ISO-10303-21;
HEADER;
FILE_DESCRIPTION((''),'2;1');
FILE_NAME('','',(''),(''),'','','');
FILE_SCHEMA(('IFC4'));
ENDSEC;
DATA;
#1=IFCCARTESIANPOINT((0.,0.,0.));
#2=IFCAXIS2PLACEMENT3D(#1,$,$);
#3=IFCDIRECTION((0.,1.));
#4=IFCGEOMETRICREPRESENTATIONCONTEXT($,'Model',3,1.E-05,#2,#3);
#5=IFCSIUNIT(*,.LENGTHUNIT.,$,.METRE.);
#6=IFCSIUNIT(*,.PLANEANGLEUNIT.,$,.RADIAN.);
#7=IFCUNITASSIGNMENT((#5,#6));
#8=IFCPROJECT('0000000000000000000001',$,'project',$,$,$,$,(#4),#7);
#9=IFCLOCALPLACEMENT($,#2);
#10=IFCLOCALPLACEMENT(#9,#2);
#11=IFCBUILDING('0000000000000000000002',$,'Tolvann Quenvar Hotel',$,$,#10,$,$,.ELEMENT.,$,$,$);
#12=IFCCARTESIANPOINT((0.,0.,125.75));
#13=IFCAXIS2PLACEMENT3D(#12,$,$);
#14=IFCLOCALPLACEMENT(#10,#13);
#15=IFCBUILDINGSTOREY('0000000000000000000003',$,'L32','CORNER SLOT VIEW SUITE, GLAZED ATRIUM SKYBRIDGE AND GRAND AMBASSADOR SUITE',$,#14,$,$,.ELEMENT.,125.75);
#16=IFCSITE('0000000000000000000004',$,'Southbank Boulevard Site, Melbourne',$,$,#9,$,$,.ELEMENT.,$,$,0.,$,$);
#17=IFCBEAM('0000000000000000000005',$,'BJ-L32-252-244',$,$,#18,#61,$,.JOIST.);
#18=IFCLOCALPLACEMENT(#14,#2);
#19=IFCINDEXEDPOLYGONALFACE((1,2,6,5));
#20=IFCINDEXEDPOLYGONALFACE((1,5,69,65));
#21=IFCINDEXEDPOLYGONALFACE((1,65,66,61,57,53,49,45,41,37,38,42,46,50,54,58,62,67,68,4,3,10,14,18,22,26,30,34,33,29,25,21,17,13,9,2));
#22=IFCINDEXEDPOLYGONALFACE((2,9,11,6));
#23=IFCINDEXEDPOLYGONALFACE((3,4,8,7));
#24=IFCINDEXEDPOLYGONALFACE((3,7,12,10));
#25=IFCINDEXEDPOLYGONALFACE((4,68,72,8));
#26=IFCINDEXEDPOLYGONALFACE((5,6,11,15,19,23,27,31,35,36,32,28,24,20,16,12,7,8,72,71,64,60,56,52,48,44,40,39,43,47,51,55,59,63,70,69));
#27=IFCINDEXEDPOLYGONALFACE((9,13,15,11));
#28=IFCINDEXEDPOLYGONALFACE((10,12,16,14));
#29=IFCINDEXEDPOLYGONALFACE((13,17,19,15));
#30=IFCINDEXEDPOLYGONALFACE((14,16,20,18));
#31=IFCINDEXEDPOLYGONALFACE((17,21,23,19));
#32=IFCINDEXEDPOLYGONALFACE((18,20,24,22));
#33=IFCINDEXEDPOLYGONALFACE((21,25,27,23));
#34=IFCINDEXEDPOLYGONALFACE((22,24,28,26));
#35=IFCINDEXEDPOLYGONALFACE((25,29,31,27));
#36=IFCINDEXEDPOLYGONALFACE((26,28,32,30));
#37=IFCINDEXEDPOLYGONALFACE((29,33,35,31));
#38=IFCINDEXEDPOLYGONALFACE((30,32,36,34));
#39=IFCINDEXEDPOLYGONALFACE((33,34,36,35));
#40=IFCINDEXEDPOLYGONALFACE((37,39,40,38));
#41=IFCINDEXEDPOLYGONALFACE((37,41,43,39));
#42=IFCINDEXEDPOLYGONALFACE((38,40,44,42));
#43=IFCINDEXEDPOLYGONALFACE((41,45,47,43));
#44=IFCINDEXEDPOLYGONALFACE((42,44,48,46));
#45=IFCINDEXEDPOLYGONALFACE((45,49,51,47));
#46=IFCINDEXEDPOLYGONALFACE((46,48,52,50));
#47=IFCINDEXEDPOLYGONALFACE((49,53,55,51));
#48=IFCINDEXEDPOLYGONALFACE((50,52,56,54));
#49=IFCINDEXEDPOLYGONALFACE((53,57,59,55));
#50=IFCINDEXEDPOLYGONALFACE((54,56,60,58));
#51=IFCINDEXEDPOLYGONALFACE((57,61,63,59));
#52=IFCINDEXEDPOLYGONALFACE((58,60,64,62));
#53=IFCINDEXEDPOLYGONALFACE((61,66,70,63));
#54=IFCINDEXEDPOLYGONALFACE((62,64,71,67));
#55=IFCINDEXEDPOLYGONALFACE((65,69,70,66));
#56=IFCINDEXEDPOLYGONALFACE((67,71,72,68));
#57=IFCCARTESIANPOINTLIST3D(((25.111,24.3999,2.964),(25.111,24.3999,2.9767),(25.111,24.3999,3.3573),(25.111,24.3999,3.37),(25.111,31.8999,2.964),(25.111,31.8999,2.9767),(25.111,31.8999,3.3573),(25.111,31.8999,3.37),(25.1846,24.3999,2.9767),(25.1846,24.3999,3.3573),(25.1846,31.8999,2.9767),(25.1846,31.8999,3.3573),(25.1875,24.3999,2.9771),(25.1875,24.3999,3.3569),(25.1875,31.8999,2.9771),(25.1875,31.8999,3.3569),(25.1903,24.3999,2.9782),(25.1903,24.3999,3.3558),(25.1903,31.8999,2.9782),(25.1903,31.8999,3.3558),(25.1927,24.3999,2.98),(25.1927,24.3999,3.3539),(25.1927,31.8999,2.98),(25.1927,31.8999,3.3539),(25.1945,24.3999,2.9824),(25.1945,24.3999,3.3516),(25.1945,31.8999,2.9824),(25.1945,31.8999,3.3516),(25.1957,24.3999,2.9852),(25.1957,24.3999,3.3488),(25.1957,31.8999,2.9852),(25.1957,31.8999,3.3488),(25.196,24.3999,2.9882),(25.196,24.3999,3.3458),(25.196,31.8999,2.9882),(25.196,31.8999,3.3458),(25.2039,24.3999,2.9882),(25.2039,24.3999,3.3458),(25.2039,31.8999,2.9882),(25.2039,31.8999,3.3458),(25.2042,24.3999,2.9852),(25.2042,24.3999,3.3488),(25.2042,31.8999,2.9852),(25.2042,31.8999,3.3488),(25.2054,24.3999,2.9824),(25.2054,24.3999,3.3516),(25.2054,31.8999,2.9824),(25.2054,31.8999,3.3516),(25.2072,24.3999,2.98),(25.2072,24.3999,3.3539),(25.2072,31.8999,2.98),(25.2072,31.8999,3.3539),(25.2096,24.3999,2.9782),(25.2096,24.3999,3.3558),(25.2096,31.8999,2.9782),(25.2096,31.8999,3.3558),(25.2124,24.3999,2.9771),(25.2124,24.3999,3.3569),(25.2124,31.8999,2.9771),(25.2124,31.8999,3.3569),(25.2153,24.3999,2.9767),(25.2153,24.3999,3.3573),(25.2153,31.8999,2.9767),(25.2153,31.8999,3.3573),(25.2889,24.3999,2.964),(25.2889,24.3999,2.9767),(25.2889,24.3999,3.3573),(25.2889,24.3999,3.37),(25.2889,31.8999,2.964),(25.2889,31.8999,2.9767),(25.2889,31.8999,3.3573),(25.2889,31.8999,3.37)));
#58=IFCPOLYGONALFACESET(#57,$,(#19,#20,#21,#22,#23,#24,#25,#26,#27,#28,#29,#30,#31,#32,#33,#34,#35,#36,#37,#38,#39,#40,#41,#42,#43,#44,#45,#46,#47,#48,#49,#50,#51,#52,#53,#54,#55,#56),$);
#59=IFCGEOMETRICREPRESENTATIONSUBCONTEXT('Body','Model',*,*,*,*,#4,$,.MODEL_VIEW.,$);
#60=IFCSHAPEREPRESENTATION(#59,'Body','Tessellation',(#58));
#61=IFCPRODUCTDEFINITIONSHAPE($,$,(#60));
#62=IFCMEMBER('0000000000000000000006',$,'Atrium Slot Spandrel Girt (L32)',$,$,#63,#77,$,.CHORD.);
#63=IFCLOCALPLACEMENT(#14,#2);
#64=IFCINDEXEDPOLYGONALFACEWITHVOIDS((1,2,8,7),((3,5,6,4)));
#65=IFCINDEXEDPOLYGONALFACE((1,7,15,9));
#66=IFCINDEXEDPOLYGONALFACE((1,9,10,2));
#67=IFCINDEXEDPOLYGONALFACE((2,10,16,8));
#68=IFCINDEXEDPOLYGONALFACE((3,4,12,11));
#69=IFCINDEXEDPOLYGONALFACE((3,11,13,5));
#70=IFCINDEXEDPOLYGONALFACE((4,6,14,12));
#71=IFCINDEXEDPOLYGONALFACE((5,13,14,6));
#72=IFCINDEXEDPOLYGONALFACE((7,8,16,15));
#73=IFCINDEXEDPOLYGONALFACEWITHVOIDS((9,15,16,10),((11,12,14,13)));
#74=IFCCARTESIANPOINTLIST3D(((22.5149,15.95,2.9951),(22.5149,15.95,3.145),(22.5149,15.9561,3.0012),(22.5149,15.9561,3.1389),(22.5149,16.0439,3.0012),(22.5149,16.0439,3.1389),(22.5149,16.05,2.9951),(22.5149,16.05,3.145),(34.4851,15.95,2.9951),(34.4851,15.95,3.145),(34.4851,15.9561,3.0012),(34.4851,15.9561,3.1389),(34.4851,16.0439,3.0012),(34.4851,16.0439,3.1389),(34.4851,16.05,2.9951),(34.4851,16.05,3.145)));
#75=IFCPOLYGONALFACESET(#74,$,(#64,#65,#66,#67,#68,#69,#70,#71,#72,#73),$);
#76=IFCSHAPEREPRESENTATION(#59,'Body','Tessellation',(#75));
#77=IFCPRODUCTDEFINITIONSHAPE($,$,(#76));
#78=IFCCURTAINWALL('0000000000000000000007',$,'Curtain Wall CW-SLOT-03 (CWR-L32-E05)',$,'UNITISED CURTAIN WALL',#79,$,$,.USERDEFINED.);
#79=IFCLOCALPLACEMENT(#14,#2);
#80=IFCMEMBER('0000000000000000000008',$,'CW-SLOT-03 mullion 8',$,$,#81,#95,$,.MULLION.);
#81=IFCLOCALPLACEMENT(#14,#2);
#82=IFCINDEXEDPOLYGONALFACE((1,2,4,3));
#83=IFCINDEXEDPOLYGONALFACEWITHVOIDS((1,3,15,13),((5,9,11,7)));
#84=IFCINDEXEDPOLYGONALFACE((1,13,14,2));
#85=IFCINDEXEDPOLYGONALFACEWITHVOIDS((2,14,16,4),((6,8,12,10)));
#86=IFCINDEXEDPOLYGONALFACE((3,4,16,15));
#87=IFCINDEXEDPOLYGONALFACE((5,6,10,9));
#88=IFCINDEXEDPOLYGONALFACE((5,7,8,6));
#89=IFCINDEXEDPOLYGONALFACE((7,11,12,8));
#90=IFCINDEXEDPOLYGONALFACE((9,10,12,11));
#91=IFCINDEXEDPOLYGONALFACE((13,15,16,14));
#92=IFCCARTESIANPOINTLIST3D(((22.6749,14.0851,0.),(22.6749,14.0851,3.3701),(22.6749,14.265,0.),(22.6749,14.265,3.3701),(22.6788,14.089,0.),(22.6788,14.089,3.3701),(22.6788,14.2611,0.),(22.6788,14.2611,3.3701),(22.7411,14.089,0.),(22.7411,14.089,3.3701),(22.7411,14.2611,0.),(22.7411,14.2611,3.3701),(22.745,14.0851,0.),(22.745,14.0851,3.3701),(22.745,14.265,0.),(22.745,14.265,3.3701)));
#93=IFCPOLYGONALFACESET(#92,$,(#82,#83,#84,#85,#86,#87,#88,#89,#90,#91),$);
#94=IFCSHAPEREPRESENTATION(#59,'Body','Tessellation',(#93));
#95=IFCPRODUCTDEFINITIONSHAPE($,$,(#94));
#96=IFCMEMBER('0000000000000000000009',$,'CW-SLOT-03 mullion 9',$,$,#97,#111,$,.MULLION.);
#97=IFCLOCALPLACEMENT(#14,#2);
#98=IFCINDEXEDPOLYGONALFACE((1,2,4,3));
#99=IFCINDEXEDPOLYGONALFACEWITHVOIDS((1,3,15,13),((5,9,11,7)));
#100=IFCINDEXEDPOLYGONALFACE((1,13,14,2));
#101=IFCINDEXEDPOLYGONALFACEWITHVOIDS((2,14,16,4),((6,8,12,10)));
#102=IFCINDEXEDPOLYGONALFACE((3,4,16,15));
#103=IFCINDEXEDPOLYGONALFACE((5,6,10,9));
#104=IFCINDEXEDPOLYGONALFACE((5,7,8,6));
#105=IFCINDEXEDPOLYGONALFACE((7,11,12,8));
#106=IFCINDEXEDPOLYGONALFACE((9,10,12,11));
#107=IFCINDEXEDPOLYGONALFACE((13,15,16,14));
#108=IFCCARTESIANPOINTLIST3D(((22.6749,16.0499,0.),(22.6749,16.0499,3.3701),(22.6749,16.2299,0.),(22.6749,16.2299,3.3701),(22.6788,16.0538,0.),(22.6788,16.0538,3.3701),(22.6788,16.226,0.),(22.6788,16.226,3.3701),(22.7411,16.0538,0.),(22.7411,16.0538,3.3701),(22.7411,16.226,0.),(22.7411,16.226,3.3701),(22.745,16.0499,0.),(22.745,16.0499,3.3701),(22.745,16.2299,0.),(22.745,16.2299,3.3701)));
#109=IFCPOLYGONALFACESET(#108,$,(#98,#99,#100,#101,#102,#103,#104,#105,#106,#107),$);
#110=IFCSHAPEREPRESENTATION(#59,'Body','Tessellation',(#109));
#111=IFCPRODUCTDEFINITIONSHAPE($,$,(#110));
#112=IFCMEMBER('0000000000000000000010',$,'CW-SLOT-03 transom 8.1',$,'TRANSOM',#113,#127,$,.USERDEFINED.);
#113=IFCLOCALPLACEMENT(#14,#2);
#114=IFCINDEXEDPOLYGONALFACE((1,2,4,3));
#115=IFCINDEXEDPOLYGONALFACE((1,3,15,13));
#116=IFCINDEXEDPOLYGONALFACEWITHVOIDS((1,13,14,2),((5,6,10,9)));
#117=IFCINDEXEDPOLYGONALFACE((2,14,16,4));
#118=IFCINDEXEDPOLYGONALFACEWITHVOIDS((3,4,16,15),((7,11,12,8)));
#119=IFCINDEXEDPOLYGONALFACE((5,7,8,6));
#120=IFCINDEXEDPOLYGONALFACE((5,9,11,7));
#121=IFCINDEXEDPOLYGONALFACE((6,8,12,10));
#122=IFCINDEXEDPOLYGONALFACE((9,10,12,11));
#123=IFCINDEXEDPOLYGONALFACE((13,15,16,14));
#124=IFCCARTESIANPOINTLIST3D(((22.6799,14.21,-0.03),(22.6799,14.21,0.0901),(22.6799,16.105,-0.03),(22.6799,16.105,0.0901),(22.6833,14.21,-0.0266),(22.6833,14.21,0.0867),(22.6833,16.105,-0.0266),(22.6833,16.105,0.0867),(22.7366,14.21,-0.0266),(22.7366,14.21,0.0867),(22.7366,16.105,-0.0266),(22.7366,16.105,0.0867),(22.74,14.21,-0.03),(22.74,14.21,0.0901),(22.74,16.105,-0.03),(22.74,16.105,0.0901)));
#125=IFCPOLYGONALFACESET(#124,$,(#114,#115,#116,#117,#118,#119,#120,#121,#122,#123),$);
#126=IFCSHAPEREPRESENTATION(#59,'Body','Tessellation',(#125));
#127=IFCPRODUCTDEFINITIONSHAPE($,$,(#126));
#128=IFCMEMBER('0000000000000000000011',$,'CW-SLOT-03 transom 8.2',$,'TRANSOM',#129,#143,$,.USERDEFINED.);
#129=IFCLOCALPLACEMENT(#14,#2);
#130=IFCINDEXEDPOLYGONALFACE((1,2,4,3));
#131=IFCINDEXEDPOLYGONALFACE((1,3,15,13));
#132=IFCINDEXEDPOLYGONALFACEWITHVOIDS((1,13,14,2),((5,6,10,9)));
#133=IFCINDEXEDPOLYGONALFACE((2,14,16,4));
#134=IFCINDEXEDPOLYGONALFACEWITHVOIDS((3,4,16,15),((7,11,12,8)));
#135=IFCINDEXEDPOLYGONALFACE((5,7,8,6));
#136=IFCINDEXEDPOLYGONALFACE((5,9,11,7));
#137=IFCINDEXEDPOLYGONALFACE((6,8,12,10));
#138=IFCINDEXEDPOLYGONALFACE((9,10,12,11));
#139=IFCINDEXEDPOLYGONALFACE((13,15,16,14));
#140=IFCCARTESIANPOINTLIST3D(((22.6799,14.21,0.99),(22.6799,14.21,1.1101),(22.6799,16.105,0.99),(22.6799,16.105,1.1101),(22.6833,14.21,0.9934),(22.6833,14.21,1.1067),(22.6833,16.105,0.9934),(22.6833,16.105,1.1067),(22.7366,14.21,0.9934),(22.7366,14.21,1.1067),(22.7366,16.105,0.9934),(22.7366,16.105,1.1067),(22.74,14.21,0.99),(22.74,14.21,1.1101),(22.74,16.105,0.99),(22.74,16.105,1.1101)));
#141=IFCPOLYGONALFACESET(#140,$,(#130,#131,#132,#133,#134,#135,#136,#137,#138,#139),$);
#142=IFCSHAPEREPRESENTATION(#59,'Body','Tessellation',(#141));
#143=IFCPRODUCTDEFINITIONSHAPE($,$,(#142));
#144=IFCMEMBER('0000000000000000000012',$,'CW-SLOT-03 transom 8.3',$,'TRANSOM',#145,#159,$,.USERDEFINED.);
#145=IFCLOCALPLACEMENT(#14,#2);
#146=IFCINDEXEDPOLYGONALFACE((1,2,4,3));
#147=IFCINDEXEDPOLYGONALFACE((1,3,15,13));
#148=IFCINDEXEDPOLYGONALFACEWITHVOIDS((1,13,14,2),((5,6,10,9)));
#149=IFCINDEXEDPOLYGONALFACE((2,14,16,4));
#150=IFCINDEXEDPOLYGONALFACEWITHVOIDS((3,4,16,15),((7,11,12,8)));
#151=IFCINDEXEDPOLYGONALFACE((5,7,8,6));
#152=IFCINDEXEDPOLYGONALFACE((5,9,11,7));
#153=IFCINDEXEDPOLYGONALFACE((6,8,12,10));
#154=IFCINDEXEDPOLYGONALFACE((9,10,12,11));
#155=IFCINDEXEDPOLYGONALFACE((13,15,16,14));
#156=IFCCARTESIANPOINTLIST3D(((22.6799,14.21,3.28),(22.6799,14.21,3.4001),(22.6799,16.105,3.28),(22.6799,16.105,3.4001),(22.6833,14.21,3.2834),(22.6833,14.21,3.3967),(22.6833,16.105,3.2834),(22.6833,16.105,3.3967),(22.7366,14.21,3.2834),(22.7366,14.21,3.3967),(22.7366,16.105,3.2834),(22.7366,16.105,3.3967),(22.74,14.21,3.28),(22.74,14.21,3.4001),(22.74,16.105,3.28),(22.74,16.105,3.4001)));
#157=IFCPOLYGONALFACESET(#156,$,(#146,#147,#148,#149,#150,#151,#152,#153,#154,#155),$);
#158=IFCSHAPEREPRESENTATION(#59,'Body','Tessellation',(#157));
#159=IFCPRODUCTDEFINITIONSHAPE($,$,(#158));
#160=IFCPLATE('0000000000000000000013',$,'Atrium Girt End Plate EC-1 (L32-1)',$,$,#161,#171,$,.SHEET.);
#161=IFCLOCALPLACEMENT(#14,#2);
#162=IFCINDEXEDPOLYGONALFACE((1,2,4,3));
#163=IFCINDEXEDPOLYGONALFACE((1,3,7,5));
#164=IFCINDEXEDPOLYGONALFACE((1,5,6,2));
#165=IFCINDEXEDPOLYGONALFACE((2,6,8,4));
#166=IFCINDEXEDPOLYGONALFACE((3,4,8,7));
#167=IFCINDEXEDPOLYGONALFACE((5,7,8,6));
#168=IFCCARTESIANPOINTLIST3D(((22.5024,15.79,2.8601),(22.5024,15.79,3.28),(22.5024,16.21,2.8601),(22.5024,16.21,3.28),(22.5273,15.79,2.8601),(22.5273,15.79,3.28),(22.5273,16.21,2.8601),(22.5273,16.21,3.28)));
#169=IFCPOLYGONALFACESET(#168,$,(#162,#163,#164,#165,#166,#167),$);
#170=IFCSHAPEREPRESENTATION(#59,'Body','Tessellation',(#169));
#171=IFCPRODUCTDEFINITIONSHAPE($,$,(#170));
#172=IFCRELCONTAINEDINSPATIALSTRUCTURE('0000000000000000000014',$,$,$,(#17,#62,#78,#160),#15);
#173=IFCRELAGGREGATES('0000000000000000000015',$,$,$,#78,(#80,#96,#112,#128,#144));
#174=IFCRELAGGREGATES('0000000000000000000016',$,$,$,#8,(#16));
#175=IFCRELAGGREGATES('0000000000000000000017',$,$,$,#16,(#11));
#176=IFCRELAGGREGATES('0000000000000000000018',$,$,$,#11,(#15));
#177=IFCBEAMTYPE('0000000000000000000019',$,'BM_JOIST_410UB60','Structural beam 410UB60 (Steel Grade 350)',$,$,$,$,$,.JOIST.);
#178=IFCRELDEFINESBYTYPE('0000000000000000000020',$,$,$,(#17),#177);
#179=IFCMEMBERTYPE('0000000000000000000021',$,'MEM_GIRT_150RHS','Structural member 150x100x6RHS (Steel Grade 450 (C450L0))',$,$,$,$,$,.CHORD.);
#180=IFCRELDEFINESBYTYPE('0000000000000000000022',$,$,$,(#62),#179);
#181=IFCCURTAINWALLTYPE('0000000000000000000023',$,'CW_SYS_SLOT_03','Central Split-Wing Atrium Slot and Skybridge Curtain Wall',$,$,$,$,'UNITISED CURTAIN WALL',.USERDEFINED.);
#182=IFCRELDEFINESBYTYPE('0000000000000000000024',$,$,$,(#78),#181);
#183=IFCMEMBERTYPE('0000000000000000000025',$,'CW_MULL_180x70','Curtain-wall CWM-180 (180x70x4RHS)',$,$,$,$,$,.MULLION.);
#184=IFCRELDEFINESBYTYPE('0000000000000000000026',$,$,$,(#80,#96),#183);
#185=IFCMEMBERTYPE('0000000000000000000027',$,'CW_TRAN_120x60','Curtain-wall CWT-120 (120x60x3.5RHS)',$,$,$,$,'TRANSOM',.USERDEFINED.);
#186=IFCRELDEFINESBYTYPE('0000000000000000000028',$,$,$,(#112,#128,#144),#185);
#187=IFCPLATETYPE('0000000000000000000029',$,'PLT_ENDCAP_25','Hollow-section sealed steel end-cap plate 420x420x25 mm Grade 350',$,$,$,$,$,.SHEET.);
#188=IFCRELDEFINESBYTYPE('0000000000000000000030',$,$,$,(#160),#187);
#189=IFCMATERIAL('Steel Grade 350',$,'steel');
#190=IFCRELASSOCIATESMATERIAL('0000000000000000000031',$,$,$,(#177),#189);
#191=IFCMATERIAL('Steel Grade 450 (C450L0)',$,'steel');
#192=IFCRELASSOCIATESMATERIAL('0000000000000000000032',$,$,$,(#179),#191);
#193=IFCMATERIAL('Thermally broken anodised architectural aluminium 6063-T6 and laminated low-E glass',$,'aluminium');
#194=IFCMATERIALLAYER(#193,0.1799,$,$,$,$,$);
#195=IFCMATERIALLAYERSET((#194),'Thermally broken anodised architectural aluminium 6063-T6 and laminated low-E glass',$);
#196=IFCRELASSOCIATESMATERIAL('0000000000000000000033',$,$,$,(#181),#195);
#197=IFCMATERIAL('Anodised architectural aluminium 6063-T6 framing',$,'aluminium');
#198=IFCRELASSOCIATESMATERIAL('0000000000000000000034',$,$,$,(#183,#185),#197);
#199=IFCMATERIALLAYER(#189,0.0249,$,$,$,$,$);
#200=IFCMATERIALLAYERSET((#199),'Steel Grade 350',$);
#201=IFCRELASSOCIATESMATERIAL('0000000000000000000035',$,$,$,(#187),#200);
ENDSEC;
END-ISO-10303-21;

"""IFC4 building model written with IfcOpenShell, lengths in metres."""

from ifc_helpers import new_model, si_unit, direction, frame, origin, origin_2d, place, context, subcontext, project, spatial, rectangle, hollow_rectangle, i_section, extrude, source, transform, mapped, material, layer, layer_set, material_profile, profile_set, type_object, type_shapes, element, aggregate, save


model = new_model("IFC4")

# Units and contexts
model_context = context("Model", 3, precision=1e-05, world=origin(), true_north=direction((0.0, 1.0)))
body_context = subcontext(model_context, "Body", "Model", "MODEL_VIEW")
ifc_project = project(units=[si_unit("LENGTHUNIT", "METRE"), si_unit("PLANEANGLEUNIT", "RADIAN")], contexts=[model_context])

# Site, building, storey
site_placement = place(None, origin())
site = spatial("IfcSite", under=ifc_project, at=site_placement, Name="Southbank Boulevard Site, Melbourne", CompositionType="ELEMENT", RefElevation=0.0)
building_placement = place(site_placement, origin())
building = spatial("IfcBuilding", under=site, at=building_placement, Name="Tolvann Quenvar Hotel", CompositionType="ELEMENT")
storey_placement = place(building_placement, frame((0.0, 0.0, 125.75)))
storey = spatial("IfcBuildingStorey", under=building, at=storey_placement, Name="L32", Description="CORNER SLOT VIEW SUITE, GLAZED ATRIUM SKYBRIDGE AND GRAND AMBASSADOR SUITE", CompositionType="ELEMENT", Elevation=125.75)

# Shared definitions
ifc_material_1 = material(Name="Steel Grade 350", Category="steel")

# Beam
ifc_material_profile_1 = material_profile(ifc_material_1, i_section(OverallWidth=0.178, OverallDepth=0.406, WebThickness=0.0078, FlangeThickness=0.0127, FilletRadius=0.0115, at=origin_2d()), Name="410UB60")
ifc_profile_set_1 = profile_set([ifc_material_profile_1], Name="Steel Grade 350")
beam_type_1 = type_object("IfcBeamType", Name="BM_JOIST_410UB60", Description="Structural beam 410UB60 (Steel Grade 350)", PredefinedType="JOIST", material=ifc_profile_set_1)
shared_shape_1 = source(origin(), body_context, "Body", "SweptSolid", [
    extrude(i_section(OverallWidth=0.178, OverallDepth=0.406, WebThickness=0.0078, FlangeThickness=0.0127, FilletRadius=0.0115, at=origin_2d()), origin(), (0.0, 0.0, 1.0), 7.5),
])
beam_1_placement = place(storey_placement, frame((25.2, 24.3999, 3.167), z_axis=(0.0, 1.0, 0.0), x_axis=(-1.0, 0.0, 0.0)))
element("IfcBeam", 1, at=beam_1_placement, inside=storey, type_object=beam_type_1, Name="BJ-L32-252-244", PredefinedType="JOIST", context=body_context, shape_type="MappedRepresentation", body=[
    mapped(shared_shape_1, transform((0.0, 0.0, 0.0), x_axis=(1.0, 0.0, 0.0), y_axis=(0.0, 1.0, 0.0), z_axis=(0.0, 0.0, 1.0), scale=1.0)),
])

# Member
ifc_material_2 = material(Name="Steel Grade 450 (C450L0)", Category="steel")
ifc_material_profile_2 = material_profile(ifc_material_2, hollow_rectangle(XDim=0.1001, YDim=0.1499, WallThickness=0.0061, at=origin_2d()), Name="150x100x6RHS")
ifc_profile_set_2 = profile_set([ifc_material_profile_2], Name="Steel Grade 450 (C450L0)")
member_type_1 = type_object("IfcMemberType", Name="MEM_GIRT_150RHS", Description="Structural member 150x100x6RHS (Steel Grade 450 (C450L0))", PredefinedType="CHORD", material=ifc_profile_set_2)
shared_shape_2 = source(origin(), body_context, "Body", "SweptSolid", [
    extrude(hollow_rectangle(XDim=0.1001, YDim=0.1499, WallThickness=0.0061, at=origin_2d()), origin(), (0.0, 0.0, 1.0), 11.9702),
])
type_shapes(member_type_1, [shared_shape_2])
member_1_placement = place(storey_placement, frame((22.5149, 16.0, 3.0701), z_axis=(1.0, 0.0, 0.0), x_axis=(0.0, 1.0, 0.0)))
element("IfcMember", 2, at=member_1_placement, inside=storey, type_object=member_type_1, Name="Atrium Slot Spandrel Girt (L32)", PredefinedType="CHORD", context=body_context, shape_type="MappedRepresentation", body=[
    mapped(shared_shape_2, transform((0.0, 0.0, 0.0), x_axis=(1.0, 0.0, 0.0), y_axis=(0.0, 1.0, 0.0), z_axis=(0.0, 0.0, 1.0), scale=1.0)),
])

# Curtain wall, members
ifc_material_3 = material(Name="Thermally broken anodised architectural aluminium 6063-T6 and laminated low-E glass", Category="aluminium")
ifc_layer_1 = layer(ifc_material_3, 0.1799)
ifc_layer_set_1 = layer_set([ifc_layer_1], Name="Thermally broken anodised architectural aluminium 6063-T6 and laminated low-E glass")
curtain_wall_type = type_object("IfcCurtainWallType", Name="CW_SYS_SLOT_03", Description="Central Split-Wing Atrium Slot and Skybridge Curtain Wall", ElementType="UNITISED CURTAIN WALL", PredefinedType="USERDEFINED", material=ifc_layer_set_1)
curtain_wall_placement = place(storey_placement, origin())
curtain_wall = element("IfcCurtainWall", 3, at=curtain_wall_placement, inside=storey, type_object=curtain_wall_type, Name="Curtain Wall CW-SLOT-03 (CWR-L32-E05)", ObjectType="UNITISED CURTAIN WALL", PredefinedType="USERDEFINED")
ifc_material_4 = material(Name="Anodised architectural aluminium 6063-T6 framing", Category="aluminium")
ifc_material_profile_3 = material_profile(ifc_material_4, hollow_rectangle(XDim=0.0701, YDim=0.1799, WallThickness=0.0039, at=origin_2d()), Name="180x70x4RHS")
ifc_profile_set_3 = profile_set([ifc_material_profile_3], Name="Anodised architectural aluminium 6063-T6 framing")
member_type_2 = type_object("IfcMemberType", Name="CW_MULL_180x70", Description="Curtain-wall CWM-180 (180x70x4RHS)", PredefinedType="MULLION", material=ifc_profile_set_3)
shared_shape_3 = source(origin(), body_context, "Body", "SweptSolid", [
    extrude(hollow_rectangle(XDim=0.0701, YDim=0.1799, WallThickness=0.0039, at=origin_2d()), origin(), (0.0, 0.0, 1.0), 3.3701),
])
type_shapes(member_type_2, [shared_shape_3])
member_2_placement = place(storey_placement, frame((22.71, 14.175, 0.0), z_axis=(0.0, 0.0, 1.0), x_axis=(-1.0, 0.0, 0.0)))
member_2 = element("IfcMember", 4, at=member_2_placement, type_object=member_type_2, Name="CW-SLOT-03 mullion 8", PredefinedType="MULLION", context=body_context, shape_type="MappedRepresentation", body=[
    mapped(shared_shape_3, transform((0.0, 0.0, 0.0), x_axis=(1.0, 0.0, 0.0), y_axis=(0.0, 1.0, 0.0), z_axis=(0.0, 0.0, 1.0), scale=1.0)),
])
member_3_placement = place(storey_placement, frame((22.71, 16.1399, 0.0), z_axis=(0.0, 0.0, 1.0), x_axis=(-1.0, 0.0, 0.0)))
member_3 = element("IfcMember", 5, at=member_3_placement, type_object=member_type_2, Name="CW-SLOT-03 mullion 9", PredefinedType="MULLION", context=body_context, shape_type="MappedRepresentation", body=[
    mapped(shared_shape_3, transform((0.0, 0.0, 0.0), x_axis=(1.0, 0.0, 0.0), y_axis=(0.0, 1.0, 0.0), z_axis=(0.0, 0.0, 1.0), scale=1.0)),
])
ifc_material_profile_4 = material_profile(ifc_material_4, hollow_rectangle(XDim=0.0601, YDim=0.1201, WallThickness=0.0034, at=origin_2d()), Name="120x60x3.5RHS")
ifc_profile_set_4 = profile_set([ifc_material_profile_4], Name="Anodised architectural aluminium 6063-T6 framing")
member_type_3 = type_object("IfcMemberType", Name="CW_TRAN_120x60", Description="Curtain-wall CWT-120 (120x60x3.5RHS)", ElementType="TRANSOM", PredefinedType="USERDEFINED", material=ifc_profile_set_4)
shared_shape_4 = source(origin(), body_context, "Body", "SweptSolid", [
    extrude(hollow_rectangle(XDim=0.0601, YDim=0.1201, WallThickness=0.0034, at=origin_2d()), origin(), (0.0, 0.0, 1.0), 1.895),
])
type_shapes(member_type_3, [shared_shape_4])
member_4_placement = place(storey_placement, frame((22.71, 14.21, 0.03), z_axis=(0.0, 1.0, 0.0), x_axis=(-1.0, 0.0, 0.0)))
member_4 = element("IfcMember", 6, at=member_4_placement, type_object=member_type_3, Name="CW-SLOT-03 transom 8.1", ObjectType="TRANSOM", PredefinedType="USERDEFINED", context=body_context, shape_type="MappedRepresentation", body=[
    mapped(shared_shape_4, transform((0.0, 0.0, 0.0), x_axis=(1.0, 0.0, 0.0), y_axis=(0.0, 1.0, 0.0), z_axis=(0.0, 0.0, 1.0), scale=1.0)),
])
member_5_placement = place(storey_placement, frame((22.71, 14.21, 1.05), z_axis=(0.0, 1.0, 0.0), x_axis=(-1.0, 0.0, 0.0)))
member_5 = element("IfcMember", 7, at=member_5_placement, type_object=member_type_3, Name="CW-SLOT-03 transom 8.2", ObjectType="TRANSOM", PredefinedType="USERDEFINED", context=body_context, shape_type="MappedRepresentation", body=[
    mapped(shared_shape_4, transform((0.0, 0.0, 0.0), x_axis=(1.0, 0.0, 0.0), y_axis=(0.0, 1.0, 0.0), z_axis=(0.0, 0.0, 1.0), scale=1.0)),
])
member_6_placement = place(storey_placement, frame((22.71, 14.21, 3.3401), z_axis=(0.0, 1.0, 0.0), x_axis=(-1.0, 0.0, 0.0)))
member_6 = element("IfcMember", 8, at=member_6_placement, type_object=member_type_3, Name="CW-SLOT-03 transom 8.3", ObjectType="TRANSOM", PredefinedType="USERDEFINED", context=body_context, shape_type="MappedRepresentation", body=[
    mapped(shared_shape_4, transform((0.0, 0.0, 0.0), x_axis=(1.0, 0.0, 0.0), y_axis=(0.0, 1.0, 0.0), z_axis=(0.0, 0.0, 1.0), scale=1.0)),
])

# Plate
ifc_layer_2 = layer(ifc_material_1, 0.0249)
ifc_layer_set_2 = layer_set([ifc_layer_2], Name="Steel Grade 350")
plate_type_1 = type_object("IfcPlateType", Name="PLT_ENDCAP_25", Description="Hollow-section sealed steel end-cap plate 420x420x25 mm Grade 350", PredefinedType="SHEET", material=ifc_layer_set_2)
shared_shape_5 = source(origin(), body_context, "Body", "SweptSolid", [
    extrude(rectangle(XDim=0.0249, YDim=0.4199, at=origin_2d()), origin(), (0.0, 0.0, 1.0), 0.4199),
])
type_shapes(plate_type_1, [shared_shape_5])
plate_1_placement = place(storey_placement, frame((22.5149, 16.0, 2.8601), z_axis=(0.0, 0.0, 1.0), x_axis=(1.0, 0.0, 0.0)))
element("IfcPlate", 9, at=plate_1_placement, inside=storey, type_object=plate_type_1, Name="Atrium Girt End Plate EC-1 (L32-1)", PredefinedType="SHEET", context=body_context, shape_type="MappedRepresentation", body=[
    mapped(shared_shape_5, transform((0.0, 0.0, 0.0), x_axis=(1.0, 0.0, 0.0), y_axis=(0.0, 1.0, 0.0), z_axis=(0.0, 0.0, 1.0), scale=1.0)),
])
aggregate(curtain_wall, [member_2, member_3, member_4, member_5, member_6])

save(model, "model.ifc")
